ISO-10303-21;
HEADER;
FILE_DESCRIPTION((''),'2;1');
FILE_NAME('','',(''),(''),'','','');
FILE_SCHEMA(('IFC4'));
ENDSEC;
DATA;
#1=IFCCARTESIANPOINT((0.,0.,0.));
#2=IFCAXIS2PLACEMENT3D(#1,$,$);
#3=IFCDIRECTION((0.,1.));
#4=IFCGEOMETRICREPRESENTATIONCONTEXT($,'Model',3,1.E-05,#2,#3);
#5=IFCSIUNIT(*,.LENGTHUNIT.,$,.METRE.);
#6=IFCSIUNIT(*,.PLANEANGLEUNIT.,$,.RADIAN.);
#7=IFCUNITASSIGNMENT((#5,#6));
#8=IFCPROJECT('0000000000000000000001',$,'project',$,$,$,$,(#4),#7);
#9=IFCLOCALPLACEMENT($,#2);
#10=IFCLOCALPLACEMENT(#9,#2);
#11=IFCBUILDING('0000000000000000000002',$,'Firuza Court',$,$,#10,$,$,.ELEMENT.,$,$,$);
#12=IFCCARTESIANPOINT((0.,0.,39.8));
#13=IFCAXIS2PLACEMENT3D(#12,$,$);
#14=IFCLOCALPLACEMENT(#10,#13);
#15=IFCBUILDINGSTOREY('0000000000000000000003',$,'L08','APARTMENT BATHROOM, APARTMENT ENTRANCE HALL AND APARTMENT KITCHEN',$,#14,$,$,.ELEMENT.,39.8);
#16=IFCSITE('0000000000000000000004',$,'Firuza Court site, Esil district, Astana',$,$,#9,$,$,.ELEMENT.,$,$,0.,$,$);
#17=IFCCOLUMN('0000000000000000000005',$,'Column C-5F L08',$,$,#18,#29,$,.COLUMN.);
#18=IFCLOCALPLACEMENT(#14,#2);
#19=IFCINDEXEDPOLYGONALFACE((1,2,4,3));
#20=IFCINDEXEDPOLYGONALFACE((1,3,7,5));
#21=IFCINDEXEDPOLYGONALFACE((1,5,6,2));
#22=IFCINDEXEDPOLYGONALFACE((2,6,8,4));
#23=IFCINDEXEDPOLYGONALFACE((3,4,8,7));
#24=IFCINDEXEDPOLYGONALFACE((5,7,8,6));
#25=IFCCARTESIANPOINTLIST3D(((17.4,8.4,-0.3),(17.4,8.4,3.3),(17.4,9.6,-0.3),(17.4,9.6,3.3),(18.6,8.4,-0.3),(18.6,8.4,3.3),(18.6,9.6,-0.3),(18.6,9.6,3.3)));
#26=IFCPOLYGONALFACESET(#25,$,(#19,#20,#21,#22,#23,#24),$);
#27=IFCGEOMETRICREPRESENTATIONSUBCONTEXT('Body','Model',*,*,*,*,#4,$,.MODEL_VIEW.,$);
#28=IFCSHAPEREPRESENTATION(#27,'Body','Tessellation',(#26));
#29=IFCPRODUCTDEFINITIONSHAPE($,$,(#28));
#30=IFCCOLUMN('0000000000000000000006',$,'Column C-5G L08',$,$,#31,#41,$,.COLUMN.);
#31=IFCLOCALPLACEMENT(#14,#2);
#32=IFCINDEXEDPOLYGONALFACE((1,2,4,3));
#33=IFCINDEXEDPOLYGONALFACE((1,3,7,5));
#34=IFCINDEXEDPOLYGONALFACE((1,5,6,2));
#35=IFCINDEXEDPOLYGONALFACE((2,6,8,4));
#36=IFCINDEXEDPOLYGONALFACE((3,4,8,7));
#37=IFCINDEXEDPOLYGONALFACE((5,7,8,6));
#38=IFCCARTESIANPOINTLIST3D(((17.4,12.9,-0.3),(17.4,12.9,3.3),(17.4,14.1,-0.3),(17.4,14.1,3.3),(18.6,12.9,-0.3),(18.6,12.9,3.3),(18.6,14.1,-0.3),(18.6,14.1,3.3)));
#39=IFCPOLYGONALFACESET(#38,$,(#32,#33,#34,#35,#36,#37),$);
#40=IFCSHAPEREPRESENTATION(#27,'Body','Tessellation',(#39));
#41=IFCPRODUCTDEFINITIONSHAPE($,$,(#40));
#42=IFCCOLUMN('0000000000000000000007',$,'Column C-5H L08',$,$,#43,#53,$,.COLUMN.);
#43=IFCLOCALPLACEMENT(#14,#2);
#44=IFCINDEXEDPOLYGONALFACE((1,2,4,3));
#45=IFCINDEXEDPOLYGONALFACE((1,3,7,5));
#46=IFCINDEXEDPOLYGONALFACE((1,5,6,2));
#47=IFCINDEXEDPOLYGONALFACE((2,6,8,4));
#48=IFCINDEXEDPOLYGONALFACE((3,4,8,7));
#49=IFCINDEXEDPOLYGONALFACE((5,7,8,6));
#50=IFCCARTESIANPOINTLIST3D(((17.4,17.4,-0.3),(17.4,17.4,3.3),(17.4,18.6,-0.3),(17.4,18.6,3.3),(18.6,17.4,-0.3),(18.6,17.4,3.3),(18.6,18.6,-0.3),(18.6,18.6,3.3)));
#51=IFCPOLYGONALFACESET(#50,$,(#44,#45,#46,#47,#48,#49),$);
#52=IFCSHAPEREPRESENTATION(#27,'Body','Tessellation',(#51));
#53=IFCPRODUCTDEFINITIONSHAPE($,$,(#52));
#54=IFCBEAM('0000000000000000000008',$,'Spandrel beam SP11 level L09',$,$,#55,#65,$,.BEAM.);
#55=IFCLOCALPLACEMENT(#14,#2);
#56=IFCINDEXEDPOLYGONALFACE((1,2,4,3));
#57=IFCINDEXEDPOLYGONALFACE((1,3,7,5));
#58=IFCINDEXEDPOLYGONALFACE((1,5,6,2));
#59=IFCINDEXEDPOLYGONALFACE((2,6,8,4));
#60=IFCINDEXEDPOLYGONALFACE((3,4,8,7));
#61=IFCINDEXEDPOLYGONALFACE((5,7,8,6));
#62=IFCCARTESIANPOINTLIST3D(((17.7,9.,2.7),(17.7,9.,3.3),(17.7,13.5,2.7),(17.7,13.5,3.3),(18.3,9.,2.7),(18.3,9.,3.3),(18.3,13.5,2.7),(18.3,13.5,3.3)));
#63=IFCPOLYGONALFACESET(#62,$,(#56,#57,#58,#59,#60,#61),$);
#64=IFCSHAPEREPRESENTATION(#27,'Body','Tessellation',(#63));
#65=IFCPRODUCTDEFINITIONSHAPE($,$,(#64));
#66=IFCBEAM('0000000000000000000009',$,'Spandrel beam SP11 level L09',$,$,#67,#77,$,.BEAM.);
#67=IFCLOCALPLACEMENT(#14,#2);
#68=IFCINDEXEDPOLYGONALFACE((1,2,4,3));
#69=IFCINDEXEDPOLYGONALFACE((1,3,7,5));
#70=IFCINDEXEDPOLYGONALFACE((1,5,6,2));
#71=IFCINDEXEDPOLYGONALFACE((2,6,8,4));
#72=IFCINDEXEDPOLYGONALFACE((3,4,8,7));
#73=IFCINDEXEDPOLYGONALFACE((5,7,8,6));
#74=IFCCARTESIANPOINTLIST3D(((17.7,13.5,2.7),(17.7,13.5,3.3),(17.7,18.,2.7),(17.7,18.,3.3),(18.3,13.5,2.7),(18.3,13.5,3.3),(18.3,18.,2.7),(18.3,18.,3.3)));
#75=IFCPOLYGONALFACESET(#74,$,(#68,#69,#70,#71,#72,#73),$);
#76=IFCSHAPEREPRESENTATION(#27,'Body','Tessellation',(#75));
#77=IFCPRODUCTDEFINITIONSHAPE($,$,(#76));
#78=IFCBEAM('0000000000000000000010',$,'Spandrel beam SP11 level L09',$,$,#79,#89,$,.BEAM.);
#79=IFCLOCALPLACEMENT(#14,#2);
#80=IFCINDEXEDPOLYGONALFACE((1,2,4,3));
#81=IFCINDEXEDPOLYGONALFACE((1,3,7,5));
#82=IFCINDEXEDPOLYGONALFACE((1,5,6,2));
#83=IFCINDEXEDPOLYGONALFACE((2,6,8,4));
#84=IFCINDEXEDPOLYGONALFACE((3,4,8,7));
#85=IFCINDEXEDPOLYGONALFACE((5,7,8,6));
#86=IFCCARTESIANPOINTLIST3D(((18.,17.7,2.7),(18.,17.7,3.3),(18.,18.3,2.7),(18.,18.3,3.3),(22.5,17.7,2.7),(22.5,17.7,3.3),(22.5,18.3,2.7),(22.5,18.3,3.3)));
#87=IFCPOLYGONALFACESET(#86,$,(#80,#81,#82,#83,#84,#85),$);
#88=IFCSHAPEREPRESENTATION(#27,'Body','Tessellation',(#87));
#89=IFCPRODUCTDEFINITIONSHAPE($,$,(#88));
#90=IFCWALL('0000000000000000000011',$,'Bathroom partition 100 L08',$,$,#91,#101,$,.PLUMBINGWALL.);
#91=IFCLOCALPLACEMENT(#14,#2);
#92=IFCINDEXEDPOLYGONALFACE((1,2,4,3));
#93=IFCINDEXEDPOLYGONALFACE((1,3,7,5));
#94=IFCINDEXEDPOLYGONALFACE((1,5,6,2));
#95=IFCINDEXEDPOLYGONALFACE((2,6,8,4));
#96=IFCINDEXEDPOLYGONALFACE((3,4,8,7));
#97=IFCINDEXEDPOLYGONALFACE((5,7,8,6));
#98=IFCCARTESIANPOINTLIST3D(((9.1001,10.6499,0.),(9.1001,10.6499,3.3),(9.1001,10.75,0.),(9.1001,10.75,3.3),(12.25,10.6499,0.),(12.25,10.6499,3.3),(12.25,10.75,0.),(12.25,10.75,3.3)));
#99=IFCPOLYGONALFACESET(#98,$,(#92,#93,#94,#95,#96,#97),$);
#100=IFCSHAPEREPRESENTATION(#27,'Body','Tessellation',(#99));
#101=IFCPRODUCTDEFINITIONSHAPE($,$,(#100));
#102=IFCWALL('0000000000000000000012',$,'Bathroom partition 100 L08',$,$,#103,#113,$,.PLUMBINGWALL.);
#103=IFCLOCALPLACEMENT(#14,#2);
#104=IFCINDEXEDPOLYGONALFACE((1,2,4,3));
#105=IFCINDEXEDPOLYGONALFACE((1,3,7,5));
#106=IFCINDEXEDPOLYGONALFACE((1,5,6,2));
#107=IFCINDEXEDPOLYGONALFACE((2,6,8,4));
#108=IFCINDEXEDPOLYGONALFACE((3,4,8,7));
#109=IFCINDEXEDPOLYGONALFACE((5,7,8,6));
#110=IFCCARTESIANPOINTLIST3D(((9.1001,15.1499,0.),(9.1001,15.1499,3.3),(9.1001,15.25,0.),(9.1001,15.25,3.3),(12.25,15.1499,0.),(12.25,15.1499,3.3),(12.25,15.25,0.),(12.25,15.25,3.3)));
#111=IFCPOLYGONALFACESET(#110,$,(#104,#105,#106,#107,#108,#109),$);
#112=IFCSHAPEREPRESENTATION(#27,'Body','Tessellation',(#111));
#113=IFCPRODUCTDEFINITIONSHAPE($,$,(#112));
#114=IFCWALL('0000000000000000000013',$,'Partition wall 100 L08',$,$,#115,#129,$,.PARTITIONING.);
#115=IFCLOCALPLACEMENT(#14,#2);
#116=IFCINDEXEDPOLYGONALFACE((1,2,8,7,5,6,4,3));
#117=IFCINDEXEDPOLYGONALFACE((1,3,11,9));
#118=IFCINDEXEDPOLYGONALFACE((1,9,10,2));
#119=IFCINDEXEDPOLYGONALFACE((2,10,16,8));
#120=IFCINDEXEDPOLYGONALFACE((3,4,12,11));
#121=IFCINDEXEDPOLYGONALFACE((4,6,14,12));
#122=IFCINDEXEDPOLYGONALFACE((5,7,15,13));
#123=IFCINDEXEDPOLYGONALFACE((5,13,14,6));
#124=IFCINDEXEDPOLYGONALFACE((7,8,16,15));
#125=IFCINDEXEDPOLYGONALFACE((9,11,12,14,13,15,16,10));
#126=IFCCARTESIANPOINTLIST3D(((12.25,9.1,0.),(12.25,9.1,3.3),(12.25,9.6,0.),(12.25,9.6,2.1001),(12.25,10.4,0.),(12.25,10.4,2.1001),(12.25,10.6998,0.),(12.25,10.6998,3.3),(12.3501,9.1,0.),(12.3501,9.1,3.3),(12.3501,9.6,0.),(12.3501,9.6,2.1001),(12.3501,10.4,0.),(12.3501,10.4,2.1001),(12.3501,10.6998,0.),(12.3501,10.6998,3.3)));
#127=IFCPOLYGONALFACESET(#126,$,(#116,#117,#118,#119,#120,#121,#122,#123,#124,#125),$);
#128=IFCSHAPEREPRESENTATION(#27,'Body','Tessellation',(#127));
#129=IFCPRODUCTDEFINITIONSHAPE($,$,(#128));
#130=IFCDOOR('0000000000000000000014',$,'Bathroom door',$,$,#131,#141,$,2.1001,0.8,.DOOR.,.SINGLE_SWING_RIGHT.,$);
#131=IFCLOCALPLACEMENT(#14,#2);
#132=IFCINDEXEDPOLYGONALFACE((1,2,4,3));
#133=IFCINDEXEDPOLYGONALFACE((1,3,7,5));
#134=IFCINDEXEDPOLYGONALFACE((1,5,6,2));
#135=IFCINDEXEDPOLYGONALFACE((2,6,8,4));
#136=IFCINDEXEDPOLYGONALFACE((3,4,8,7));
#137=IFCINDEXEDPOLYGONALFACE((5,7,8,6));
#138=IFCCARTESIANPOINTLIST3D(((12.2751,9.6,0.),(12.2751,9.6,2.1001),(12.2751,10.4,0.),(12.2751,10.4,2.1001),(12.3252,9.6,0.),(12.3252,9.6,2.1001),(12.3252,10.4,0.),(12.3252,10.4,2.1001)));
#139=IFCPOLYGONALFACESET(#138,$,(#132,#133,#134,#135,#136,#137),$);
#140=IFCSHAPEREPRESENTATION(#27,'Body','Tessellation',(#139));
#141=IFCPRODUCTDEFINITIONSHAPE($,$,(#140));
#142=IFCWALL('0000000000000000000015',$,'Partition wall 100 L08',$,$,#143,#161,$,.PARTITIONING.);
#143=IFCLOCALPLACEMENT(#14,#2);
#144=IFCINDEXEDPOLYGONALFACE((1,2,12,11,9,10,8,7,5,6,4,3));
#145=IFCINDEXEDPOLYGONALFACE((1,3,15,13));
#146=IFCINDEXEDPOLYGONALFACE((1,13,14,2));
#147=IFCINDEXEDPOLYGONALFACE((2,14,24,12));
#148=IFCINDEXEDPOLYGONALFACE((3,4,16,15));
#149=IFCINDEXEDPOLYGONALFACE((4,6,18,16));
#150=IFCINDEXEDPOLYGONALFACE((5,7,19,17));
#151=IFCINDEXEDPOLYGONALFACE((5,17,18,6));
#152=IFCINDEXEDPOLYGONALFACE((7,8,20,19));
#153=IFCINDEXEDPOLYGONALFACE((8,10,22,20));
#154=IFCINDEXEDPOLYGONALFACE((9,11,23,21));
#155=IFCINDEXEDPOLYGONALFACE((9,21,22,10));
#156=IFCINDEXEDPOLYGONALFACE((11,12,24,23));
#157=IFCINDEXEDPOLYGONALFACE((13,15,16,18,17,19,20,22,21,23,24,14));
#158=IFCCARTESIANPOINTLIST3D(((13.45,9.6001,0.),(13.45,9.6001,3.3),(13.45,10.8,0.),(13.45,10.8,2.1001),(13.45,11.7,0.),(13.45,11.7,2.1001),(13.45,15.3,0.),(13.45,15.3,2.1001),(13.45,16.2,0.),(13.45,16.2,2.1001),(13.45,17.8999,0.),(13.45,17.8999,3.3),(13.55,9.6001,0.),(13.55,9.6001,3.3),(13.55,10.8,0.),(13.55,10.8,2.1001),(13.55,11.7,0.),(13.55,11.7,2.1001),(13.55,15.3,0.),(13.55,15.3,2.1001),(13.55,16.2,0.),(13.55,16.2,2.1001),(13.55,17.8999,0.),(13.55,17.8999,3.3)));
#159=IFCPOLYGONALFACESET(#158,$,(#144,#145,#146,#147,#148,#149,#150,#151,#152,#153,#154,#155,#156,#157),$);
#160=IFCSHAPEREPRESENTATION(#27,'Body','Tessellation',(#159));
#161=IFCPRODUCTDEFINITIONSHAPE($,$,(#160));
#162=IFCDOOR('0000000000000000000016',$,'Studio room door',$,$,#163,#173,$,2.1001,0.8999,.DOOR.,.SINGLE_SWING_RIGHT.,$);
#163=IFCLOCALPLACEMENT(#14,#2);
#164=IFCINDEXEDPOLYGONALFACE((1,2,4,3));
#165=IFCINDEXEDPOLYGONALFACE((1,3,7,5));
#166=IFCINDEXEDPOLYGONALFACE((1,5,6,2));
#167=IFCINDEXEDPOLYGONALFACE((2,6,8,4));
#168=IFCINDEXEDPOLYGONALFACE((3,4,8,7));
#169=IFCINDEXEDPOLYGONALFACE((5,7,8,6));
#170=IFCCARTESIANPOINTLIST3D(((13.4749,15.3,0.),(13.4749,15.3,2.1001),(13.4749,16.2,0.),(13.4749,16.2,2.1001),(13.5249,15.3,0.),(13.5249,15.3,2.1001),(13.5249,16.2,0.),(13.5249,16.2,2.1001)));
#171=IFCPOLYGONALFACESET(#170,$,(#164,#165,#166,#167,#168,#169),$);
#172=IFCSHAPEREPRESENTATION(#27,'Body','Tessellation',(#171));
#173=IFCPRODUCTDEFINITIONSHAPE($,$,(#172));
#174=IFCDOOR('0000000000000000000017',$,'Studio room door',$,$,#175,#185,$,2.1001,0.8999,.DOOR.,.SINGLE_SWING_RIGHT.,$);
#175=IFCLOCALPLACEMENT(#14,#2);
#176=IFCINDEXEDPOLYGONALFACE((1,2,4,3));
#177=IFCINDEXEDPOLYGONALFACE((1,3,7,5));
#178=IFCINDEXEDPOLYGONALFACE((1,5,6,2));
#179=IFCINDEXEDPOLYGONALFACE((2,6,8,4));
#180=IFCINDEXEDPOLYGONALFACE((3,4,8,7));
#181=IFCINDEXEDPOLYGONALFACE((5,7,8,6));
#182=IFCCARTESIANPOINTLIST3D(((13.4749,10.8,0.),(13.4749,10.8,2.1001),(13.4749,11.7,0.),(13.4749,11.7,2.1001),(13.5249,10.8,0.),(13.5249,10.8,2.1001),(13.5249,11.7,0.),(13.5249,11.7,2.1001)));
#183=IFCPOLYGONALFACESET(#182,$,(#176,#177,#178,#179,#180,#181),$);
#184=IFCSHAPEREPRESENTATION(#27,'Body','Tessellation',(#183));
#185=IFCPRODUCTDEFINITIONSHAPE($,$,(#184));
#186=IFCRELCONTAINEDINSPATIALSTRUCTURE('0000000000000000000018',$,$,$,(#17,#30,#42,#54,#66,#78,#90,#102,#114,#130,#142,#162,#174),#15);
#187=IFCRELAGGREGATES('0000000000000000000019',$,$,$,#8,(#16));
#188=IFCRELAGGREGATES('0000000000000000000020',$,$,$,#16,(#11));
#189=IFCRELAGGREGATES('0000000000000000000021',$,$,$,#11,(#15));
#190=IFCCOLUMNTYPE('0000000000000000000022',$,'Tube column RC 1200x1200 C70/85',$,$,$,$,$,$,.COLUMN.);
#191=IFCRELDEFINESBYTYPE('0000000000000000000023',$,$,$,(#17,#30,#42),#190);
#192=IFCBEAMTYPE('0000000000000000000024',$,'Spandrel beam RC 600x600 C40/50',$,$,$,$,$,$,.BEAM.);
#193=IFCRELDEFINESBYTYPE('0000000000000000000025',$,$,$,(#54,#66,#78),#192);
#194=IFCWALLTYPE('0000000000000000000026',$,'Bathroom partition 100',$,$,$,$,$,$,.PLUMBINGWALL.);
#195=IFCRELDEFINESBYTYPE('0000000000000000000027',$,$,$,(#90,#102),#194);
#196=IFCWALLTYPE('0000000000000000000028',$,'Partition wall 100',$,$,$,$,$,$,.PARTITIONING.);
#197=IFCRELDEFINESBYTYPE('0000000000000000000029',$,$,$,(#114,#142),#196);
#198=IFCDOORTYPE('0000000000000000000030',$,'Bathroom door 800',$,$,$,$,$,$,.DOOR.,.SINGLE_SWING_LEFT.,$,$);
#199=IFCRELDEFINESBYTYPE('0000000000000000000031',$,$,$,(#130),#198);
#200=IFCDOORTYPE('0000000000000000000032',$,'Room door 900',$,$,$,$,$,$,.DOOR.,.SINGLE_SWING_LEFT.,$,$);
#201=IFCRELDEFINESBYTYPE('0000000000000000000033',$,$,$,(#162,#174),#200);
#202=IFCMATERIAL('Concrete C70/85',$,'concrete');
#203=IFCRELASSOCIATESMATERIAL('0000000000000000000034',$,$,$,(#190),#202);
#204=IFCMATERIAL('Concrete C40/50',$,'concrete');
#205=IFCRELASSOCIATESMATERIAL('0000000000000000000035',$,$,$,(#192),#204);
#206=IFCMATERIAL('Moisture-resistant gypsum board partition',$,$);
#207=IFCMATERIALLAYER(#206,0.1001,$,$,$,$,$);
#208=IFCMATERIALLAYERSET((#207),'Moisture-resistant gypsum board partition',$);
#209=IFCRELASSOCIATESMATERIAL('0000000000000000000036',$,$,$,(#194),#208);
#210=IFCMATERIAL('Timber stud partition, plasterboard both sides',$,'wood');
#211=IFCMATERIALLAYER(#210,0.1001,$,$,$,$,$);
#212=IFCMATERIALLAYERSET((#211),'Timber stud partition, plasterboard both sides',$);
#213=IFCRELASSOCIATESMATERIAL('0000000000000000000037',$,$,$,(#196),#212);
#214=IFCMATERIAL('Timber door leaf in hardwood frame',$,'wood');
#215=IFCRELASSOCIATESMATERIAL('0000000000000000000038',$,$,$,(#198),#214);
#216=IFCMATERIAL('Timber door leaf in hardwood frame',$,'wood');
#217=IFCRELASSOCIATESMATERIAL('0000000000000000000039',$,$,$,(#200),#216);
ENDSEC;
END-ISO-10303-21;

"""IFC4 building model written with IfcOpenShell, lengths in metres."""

from ifc_helpers import new_model, si_unit, direction, frame, frame_2d, origin, origin_2d, place, context, subcontext, project, spatial, rectangle, extrude, material, layer, layer_set, material_profile, profile_set, type_object, element, fill, save


model = new_model("IFC4")

# Units and contexts
model_context = context("Model", 3, precision=1e-05, world=origin(), true_north=direction((0.0, 1.0)))
body_context = subcontext(model_context, "Body", "Model", "MODEL_VIEW")
ifc_project = project(units=[si_unit("LENGTHUNIT", "METRE"), si_unit("PLANEANGLEUNIT", "RADIAN")], contexts=[model_context])

# Site, building, storey
site_placement = place(None, origin())
site = spatial("IfcSite", under=ifc_project, at=site_placement, Name="Firuza Court site, Esil district, Astana", CompositionType="ELEMENT", RefElevation=0.0)
building_placement = place(site_placement, origin())
building = spatial("IfcBuilding", under=site, at=building_placement, Name="Firuza Court", CompositionType="ELEMENT")
storey_placement = place(building_placement, frame((0.0, 0.0, 39.8)))
storey = spatial("IfcBuildingStorey", under=building, at=storey_placement, Name="L08", Description="APARTMENT BATHROOM, APARTMENT ENTRANCE HALL AND APARTMENT KITCHEN", CompositionType="ELEMENT", Elevation=39.8)

# Columns
ifc_material_1 = material(Name="Concrete C70/85", Category="concrete")
ifc_material_profile_1 = material_profile(ifc_material_1, rectangle(XDim=1.2, YDim=1.2, at=origin_2d()), Name="RC 1200x1200")
ifc_profile_set_1 = profile_set([ifc_material_profile_1], Name="Concrete C70/85")
column_type = type_object("IfcColumnType", Name="Tube column RC 1200x1200 C70/85", PredefinedType="COLUMN", material=ifc_profile_set_1)
for number, where, z_axis, x_axis, name in (
    (1, (18.0, 9.0, -0.3), (0.0, 0.0, 1.0), (1.0, 0.0, 0.0), "Column C-5F L08"),
    (2, (18.0, 13.5, -0.3), (0.0, 0.0, 1.0), (1.0, 0.0, 0.0), "Column C-5G L08"),
    (3, (18.0, 18.0, -0.3), (0.0, 0.0, 1.0), (1.0, 0.0, 0.0), "Column C-5H L08"),
):
    element("IfcColumn", number, at=place(storey_placement, frame(where, z_axis=z_axis, x_axis=x_axis)), inside=storey, type_object=column_type, Name=name, PredefinedType="COLUMN", context=body_context, shape_type="SweptSolid", body=[
        extrude(rectangle(XDim=1.2, YDim=1.2, at=origin_2d()), origin(), (0.0, 0.0, 1.0), 3.6001),
    ])

# Beams
ifc_material_2 = material(Name="Concrete C40/50", Category="concrete")
ifc_material_profile_2 = material_profile(ifc_material_2, rectangle(XDim=0.6001, YDim=0.6001, at=origin_2d()), Name="RC 600x600")
ifc_profile_set_2 = profile_set([ifc_material_profile_2], Name="Concrete C40/50")
beam_type = type_object("IfcBeamType", Name="Spandrel beam RC 600x600 C40/50", PredefinedType="BEAM", material=ifc_profile_set_2)
for number, where, z_axis, x_axis, name in (
    (4, (18.0, 9.0, 3.0), (0.0, 1.0, 0.0), (-1.0, 0.0, 0.0), "Spandrel beam SP11 level L09"),
    (5, (18.0, 13.5, 3.0), (0.0, 1.0, 0.0), (-1.0, 0.0, 0.0), "Spandrel beam SP11 level L09"),
    (6, (18.0, 18.0, 3.0), (1.0, 0.0, 0.0), (0.0, 1.0, 0.0), "Spandrel beam SP11 level L09"),
):
    element("IfcBeam", number, at=place(storey_placement, frame(where, z_axis=z_axis, x_axis=x_axis)), inside=storey, type_object=beam_type, Name=name, PredefinedType="BEAM", context=body_context, shape_type="SweptSolid", body=[
        extrude(rectangle(XDim=0.6001, YDim=0.6001, at=origin_2d()), origin(), (0.0, 0.0, 1.0), 4.5),
    ])

# Walls
ifc_material_3 = material(Name="Moisture-resistant gypsum board partition")
ifc_layer_1 = layer(ifc_material_3, 0.1001)
ifc_layer_set_1 = layer_set([ifc_layer_1], Name="Moisture-resistant gypsum board partition")
wall_type_1 = type_object("IfcWallType", Name="Bathroom partition 100", PredefinedType="PLUMBINGWALL", material=ifc_layer_set_1)
for number, where, z_axis, x_axis, name in (
    (7, (9.1001, 10.7, 0.0), (0.0, 0.0, 1.0), (1.0, 0.0, 0.0), "Bathroom partition 100 L08"),
    (8, (9.1001, 15.2, 0.0), (0.0, 0.0, 1.0), (1.0, 0.0, 0.0), "Bathroom partition 100 L08"),
):
    element("IfcWall", number, at=place(storey_placement, frame(where, z_axis=z_axis, x_axis=x_axis)), inside=storey, type_object=wall_type_1, Name=name, PredefinedType="PLUMBINGWALL", context=body_context, shape_type="SweptSolid", body=[
        extrude(rectangle(XDim=3.1499, YDim=0.1001, at=frame_2d((1.575, 0.0))), origin(), (0.0, 0.0, 1.0), 3.3),
    ])

# Wall, opening, door
ifc_material_4 = material(Name="Timber stud partition, plasterboard both sides", Category="wood")
ifc_layer_2 = layer(ifc_material_4, 0.1001)
ifc_layer_set_2 = layer_set([ifc_layer_2], Name="Timber stud partition, plasterboard both sides")
wall_type_2 = type_object("IfcWallType", Name="Partition wall 100", PredefinedType="PARTITIONING", material=ifc_layer_set_2)
wall_1_placement = place(storey_placement, frame((12.3, 9.1001, 0.0), z_axis=(0.0, 0.0, 1.0), x_axis=(0.0, 1.0, 0.0)))
wall_1 = element("IfcWall", 9, at=wall_1_placement, inside=storey, type_object=wall_type_2, Name="Partition wall 100 L08", PredefinedType="PARTITIONING", context=body_context, shape_type="SweptSolid", body=[
    extrude(rectangle(XDim=1.5999, YDim=0.1001, at=frame_2d((0.7998, 0.0))), origin(), (0.0, 0.0, 1.0), 3.3),
])
opening_1_placement = place(wall_1_placement, frame((0.5, 0.0, 0.0)))
opening_1 = element("IfcOpeningElement", 10, at=opening_1_placement, cuts=wall_1, PredefinedType="OPENING", context=body_context, shape_type="SweptSolid", body=[
    extrude(rectangle(XDim=0.8, YDim=2.1001, at=frame_2d((0.3999, 1.05))), frame((0.0, 0.062, 0.0), z_axis=(0.0, -1.0, 0.0), x_axis=(1.0, 0.0, 0.0)), (0.0, 0.0, 1.0), 0.124),
])
ifc_material_5 = material(Name="Timber door leaf in hardwood frame", Category="wood")
door_type_1 = type_object("IfcDoorType", Name="Bathroom door 800", OperationType="SINGLE_SWING_LEFT", PredefinedType="DOOR", material=ifc_material_5)
door_1_placement = place(opening_1_placement, origin())
door_1 = element("IfcDoor", 11, at=door_1_placement, inside=storey, type_object=door_type_1, Name="Bathroom door", OperationType="SINGLE_SWING_RIGHT", OverallHeight=2.1001, OverallWidth=0.8, PredefinedType="DOOR", context=body_context, shape_type="SweptSolid", body=[
    extrude(rectangle(XDim=0.8, YDim=2.1001, at=frame_2d((0.3999, 1.05))), frame((0.0, 0.0249, 0.0), z_axis=(0.0, -1.0, 0.0), x_axis=(1.0, 0.0, 0.0)), (0.0, 0.0, 1.0), 0.05),
])
fill(opening_1, door_1)

# Wall, openings, doors
wall_2_placement = place(storey_placement, frame((13.5, 9.6001, 0.0), z_axis=(0.0, 0.0, 1.0), x_axis=(0.0, 1.0, 0.0)))
wall_2 = element("IfcWall", 12, at=wall_2_placement, inside=storey, type_object=wall_type_2, Name="Partition wall 100 L08", PredefinedType="PARTITIONING", context=body_context, shape_type="SweptSolid", body=[
    extrude(rectangle(XDim=8.2998, YDim=0.1001, at=frame_2d((4.1499, 0.0))), origin(), (0.0, 0.0, 1.0), 3.3),
])
opening_2_placement = place(wall_2_placement, frame((5.7, 0.0, 0.0)))
opening_2 = element("IfcOpeningElement", 13, at=opening_2_placement, cuts=wall_2, PredefinedType="OPENING", context=body_context, shape_type="SweptSolid", body=[
    extrude(rectangle(XDim=0.8999, YDim=2.1001, at=frame_2d((0.45, 1.05))), frame((0.0, 0.062, 0.0), z_axis=(0.0, -1.0, 0.0), x_axis=(1.0, 0.0, 0.0)), (0.0, 0.0, 1.0), 0.124),
])
opening_3_placement = place(wall_2_placement, frame((1.2, 0.0, 0.0)))
opening_3 = element("IfcOpeningElement", 14, at=opening_3_placement, cuts=wall_2, PredefinedType="OPENING", context=body_context, shape_type="SweptSolid", body=[
    extrude(rectangle(XDim=0.8999, YDim=2.1001, at=frame_2d((0.45, 1.05))), frame((0.0, 0.062, 0.0), z_axis=(0.0, -1.0, 0.0), x_axis=(1.0, 0.0, 0.0)), (0.0, 0.0, 1.0), 0.124),
])
ifc_material_6 = material(Name="Timber door leaf in hardwood frame", Category="wood")
door_type_2 = type_object("IfcDoorType", Name="Room door 900", OperationType="SINGLE_SWING_LEFT", PredefinedType="DOOR", material=ifc_material_6)
door_2_placement = place(opening_2_placement, frame((0.8999, 0.0, 0.0), z_axis=(0.0, 0.0, 1.0), x_axis=(-1.0, 0.0, 0.0)))
door_2 = element("IfcDoor", 15, at=door_2_placement, inside=storey, type_object=door_type_2, Name="Studio room door", OperationType="SINGLE_SWING_RIGHT", OverallHeight=2.1001, OverallWidth=0.8999, PredefinedType="DOOR", context=body_context, shape_type="SweptSolid", body=[
    extrude(rectangle(XDim=0.8999, YDim=2.1001, at=frame_2d((0.45, 1.05))), frame((0.0, 0.0249, 0.0), z_axis=(0.0, -1.0, 0.0), x_axis=(1.0, 0.0, 0.0)), (0.0, 0.0, 1.0), 0.05),
])
fill(opening_2, door_2)
door_3_placement = place(opening_3_placement, frame((0.8999, 0.0, 0.0), z_axis=(0.0, 0.0, 1.0), x_axis=(-1.0, 0.0, 0.0)))
door_3 = element("IfcDoor", 16, at=door_3_placement, inside=storey, type_object=door_type_2, Name="Studio room door", OperationType="SINGLE_SWING_RIGHT", OverallHeight=2.1001, OverallWidth=0.8999, PredefinedType="DOOR", context=body_context, shape_type="SweptSolid", body=[
    extrude(rectangle(XDim=0.8999, YDim=2.1001, at=frame_2d((0.45, 1.05))), frame((0.0, 0.0249, 0.0), z_axis=(0.0, -1.0, 0.0), x_axis=(1.0, 0.0, 0.0)), (0.0, 0.0, 1.0), 0.05),
])
fill(opening_3, door_3)

save(model, "model.ifc")
